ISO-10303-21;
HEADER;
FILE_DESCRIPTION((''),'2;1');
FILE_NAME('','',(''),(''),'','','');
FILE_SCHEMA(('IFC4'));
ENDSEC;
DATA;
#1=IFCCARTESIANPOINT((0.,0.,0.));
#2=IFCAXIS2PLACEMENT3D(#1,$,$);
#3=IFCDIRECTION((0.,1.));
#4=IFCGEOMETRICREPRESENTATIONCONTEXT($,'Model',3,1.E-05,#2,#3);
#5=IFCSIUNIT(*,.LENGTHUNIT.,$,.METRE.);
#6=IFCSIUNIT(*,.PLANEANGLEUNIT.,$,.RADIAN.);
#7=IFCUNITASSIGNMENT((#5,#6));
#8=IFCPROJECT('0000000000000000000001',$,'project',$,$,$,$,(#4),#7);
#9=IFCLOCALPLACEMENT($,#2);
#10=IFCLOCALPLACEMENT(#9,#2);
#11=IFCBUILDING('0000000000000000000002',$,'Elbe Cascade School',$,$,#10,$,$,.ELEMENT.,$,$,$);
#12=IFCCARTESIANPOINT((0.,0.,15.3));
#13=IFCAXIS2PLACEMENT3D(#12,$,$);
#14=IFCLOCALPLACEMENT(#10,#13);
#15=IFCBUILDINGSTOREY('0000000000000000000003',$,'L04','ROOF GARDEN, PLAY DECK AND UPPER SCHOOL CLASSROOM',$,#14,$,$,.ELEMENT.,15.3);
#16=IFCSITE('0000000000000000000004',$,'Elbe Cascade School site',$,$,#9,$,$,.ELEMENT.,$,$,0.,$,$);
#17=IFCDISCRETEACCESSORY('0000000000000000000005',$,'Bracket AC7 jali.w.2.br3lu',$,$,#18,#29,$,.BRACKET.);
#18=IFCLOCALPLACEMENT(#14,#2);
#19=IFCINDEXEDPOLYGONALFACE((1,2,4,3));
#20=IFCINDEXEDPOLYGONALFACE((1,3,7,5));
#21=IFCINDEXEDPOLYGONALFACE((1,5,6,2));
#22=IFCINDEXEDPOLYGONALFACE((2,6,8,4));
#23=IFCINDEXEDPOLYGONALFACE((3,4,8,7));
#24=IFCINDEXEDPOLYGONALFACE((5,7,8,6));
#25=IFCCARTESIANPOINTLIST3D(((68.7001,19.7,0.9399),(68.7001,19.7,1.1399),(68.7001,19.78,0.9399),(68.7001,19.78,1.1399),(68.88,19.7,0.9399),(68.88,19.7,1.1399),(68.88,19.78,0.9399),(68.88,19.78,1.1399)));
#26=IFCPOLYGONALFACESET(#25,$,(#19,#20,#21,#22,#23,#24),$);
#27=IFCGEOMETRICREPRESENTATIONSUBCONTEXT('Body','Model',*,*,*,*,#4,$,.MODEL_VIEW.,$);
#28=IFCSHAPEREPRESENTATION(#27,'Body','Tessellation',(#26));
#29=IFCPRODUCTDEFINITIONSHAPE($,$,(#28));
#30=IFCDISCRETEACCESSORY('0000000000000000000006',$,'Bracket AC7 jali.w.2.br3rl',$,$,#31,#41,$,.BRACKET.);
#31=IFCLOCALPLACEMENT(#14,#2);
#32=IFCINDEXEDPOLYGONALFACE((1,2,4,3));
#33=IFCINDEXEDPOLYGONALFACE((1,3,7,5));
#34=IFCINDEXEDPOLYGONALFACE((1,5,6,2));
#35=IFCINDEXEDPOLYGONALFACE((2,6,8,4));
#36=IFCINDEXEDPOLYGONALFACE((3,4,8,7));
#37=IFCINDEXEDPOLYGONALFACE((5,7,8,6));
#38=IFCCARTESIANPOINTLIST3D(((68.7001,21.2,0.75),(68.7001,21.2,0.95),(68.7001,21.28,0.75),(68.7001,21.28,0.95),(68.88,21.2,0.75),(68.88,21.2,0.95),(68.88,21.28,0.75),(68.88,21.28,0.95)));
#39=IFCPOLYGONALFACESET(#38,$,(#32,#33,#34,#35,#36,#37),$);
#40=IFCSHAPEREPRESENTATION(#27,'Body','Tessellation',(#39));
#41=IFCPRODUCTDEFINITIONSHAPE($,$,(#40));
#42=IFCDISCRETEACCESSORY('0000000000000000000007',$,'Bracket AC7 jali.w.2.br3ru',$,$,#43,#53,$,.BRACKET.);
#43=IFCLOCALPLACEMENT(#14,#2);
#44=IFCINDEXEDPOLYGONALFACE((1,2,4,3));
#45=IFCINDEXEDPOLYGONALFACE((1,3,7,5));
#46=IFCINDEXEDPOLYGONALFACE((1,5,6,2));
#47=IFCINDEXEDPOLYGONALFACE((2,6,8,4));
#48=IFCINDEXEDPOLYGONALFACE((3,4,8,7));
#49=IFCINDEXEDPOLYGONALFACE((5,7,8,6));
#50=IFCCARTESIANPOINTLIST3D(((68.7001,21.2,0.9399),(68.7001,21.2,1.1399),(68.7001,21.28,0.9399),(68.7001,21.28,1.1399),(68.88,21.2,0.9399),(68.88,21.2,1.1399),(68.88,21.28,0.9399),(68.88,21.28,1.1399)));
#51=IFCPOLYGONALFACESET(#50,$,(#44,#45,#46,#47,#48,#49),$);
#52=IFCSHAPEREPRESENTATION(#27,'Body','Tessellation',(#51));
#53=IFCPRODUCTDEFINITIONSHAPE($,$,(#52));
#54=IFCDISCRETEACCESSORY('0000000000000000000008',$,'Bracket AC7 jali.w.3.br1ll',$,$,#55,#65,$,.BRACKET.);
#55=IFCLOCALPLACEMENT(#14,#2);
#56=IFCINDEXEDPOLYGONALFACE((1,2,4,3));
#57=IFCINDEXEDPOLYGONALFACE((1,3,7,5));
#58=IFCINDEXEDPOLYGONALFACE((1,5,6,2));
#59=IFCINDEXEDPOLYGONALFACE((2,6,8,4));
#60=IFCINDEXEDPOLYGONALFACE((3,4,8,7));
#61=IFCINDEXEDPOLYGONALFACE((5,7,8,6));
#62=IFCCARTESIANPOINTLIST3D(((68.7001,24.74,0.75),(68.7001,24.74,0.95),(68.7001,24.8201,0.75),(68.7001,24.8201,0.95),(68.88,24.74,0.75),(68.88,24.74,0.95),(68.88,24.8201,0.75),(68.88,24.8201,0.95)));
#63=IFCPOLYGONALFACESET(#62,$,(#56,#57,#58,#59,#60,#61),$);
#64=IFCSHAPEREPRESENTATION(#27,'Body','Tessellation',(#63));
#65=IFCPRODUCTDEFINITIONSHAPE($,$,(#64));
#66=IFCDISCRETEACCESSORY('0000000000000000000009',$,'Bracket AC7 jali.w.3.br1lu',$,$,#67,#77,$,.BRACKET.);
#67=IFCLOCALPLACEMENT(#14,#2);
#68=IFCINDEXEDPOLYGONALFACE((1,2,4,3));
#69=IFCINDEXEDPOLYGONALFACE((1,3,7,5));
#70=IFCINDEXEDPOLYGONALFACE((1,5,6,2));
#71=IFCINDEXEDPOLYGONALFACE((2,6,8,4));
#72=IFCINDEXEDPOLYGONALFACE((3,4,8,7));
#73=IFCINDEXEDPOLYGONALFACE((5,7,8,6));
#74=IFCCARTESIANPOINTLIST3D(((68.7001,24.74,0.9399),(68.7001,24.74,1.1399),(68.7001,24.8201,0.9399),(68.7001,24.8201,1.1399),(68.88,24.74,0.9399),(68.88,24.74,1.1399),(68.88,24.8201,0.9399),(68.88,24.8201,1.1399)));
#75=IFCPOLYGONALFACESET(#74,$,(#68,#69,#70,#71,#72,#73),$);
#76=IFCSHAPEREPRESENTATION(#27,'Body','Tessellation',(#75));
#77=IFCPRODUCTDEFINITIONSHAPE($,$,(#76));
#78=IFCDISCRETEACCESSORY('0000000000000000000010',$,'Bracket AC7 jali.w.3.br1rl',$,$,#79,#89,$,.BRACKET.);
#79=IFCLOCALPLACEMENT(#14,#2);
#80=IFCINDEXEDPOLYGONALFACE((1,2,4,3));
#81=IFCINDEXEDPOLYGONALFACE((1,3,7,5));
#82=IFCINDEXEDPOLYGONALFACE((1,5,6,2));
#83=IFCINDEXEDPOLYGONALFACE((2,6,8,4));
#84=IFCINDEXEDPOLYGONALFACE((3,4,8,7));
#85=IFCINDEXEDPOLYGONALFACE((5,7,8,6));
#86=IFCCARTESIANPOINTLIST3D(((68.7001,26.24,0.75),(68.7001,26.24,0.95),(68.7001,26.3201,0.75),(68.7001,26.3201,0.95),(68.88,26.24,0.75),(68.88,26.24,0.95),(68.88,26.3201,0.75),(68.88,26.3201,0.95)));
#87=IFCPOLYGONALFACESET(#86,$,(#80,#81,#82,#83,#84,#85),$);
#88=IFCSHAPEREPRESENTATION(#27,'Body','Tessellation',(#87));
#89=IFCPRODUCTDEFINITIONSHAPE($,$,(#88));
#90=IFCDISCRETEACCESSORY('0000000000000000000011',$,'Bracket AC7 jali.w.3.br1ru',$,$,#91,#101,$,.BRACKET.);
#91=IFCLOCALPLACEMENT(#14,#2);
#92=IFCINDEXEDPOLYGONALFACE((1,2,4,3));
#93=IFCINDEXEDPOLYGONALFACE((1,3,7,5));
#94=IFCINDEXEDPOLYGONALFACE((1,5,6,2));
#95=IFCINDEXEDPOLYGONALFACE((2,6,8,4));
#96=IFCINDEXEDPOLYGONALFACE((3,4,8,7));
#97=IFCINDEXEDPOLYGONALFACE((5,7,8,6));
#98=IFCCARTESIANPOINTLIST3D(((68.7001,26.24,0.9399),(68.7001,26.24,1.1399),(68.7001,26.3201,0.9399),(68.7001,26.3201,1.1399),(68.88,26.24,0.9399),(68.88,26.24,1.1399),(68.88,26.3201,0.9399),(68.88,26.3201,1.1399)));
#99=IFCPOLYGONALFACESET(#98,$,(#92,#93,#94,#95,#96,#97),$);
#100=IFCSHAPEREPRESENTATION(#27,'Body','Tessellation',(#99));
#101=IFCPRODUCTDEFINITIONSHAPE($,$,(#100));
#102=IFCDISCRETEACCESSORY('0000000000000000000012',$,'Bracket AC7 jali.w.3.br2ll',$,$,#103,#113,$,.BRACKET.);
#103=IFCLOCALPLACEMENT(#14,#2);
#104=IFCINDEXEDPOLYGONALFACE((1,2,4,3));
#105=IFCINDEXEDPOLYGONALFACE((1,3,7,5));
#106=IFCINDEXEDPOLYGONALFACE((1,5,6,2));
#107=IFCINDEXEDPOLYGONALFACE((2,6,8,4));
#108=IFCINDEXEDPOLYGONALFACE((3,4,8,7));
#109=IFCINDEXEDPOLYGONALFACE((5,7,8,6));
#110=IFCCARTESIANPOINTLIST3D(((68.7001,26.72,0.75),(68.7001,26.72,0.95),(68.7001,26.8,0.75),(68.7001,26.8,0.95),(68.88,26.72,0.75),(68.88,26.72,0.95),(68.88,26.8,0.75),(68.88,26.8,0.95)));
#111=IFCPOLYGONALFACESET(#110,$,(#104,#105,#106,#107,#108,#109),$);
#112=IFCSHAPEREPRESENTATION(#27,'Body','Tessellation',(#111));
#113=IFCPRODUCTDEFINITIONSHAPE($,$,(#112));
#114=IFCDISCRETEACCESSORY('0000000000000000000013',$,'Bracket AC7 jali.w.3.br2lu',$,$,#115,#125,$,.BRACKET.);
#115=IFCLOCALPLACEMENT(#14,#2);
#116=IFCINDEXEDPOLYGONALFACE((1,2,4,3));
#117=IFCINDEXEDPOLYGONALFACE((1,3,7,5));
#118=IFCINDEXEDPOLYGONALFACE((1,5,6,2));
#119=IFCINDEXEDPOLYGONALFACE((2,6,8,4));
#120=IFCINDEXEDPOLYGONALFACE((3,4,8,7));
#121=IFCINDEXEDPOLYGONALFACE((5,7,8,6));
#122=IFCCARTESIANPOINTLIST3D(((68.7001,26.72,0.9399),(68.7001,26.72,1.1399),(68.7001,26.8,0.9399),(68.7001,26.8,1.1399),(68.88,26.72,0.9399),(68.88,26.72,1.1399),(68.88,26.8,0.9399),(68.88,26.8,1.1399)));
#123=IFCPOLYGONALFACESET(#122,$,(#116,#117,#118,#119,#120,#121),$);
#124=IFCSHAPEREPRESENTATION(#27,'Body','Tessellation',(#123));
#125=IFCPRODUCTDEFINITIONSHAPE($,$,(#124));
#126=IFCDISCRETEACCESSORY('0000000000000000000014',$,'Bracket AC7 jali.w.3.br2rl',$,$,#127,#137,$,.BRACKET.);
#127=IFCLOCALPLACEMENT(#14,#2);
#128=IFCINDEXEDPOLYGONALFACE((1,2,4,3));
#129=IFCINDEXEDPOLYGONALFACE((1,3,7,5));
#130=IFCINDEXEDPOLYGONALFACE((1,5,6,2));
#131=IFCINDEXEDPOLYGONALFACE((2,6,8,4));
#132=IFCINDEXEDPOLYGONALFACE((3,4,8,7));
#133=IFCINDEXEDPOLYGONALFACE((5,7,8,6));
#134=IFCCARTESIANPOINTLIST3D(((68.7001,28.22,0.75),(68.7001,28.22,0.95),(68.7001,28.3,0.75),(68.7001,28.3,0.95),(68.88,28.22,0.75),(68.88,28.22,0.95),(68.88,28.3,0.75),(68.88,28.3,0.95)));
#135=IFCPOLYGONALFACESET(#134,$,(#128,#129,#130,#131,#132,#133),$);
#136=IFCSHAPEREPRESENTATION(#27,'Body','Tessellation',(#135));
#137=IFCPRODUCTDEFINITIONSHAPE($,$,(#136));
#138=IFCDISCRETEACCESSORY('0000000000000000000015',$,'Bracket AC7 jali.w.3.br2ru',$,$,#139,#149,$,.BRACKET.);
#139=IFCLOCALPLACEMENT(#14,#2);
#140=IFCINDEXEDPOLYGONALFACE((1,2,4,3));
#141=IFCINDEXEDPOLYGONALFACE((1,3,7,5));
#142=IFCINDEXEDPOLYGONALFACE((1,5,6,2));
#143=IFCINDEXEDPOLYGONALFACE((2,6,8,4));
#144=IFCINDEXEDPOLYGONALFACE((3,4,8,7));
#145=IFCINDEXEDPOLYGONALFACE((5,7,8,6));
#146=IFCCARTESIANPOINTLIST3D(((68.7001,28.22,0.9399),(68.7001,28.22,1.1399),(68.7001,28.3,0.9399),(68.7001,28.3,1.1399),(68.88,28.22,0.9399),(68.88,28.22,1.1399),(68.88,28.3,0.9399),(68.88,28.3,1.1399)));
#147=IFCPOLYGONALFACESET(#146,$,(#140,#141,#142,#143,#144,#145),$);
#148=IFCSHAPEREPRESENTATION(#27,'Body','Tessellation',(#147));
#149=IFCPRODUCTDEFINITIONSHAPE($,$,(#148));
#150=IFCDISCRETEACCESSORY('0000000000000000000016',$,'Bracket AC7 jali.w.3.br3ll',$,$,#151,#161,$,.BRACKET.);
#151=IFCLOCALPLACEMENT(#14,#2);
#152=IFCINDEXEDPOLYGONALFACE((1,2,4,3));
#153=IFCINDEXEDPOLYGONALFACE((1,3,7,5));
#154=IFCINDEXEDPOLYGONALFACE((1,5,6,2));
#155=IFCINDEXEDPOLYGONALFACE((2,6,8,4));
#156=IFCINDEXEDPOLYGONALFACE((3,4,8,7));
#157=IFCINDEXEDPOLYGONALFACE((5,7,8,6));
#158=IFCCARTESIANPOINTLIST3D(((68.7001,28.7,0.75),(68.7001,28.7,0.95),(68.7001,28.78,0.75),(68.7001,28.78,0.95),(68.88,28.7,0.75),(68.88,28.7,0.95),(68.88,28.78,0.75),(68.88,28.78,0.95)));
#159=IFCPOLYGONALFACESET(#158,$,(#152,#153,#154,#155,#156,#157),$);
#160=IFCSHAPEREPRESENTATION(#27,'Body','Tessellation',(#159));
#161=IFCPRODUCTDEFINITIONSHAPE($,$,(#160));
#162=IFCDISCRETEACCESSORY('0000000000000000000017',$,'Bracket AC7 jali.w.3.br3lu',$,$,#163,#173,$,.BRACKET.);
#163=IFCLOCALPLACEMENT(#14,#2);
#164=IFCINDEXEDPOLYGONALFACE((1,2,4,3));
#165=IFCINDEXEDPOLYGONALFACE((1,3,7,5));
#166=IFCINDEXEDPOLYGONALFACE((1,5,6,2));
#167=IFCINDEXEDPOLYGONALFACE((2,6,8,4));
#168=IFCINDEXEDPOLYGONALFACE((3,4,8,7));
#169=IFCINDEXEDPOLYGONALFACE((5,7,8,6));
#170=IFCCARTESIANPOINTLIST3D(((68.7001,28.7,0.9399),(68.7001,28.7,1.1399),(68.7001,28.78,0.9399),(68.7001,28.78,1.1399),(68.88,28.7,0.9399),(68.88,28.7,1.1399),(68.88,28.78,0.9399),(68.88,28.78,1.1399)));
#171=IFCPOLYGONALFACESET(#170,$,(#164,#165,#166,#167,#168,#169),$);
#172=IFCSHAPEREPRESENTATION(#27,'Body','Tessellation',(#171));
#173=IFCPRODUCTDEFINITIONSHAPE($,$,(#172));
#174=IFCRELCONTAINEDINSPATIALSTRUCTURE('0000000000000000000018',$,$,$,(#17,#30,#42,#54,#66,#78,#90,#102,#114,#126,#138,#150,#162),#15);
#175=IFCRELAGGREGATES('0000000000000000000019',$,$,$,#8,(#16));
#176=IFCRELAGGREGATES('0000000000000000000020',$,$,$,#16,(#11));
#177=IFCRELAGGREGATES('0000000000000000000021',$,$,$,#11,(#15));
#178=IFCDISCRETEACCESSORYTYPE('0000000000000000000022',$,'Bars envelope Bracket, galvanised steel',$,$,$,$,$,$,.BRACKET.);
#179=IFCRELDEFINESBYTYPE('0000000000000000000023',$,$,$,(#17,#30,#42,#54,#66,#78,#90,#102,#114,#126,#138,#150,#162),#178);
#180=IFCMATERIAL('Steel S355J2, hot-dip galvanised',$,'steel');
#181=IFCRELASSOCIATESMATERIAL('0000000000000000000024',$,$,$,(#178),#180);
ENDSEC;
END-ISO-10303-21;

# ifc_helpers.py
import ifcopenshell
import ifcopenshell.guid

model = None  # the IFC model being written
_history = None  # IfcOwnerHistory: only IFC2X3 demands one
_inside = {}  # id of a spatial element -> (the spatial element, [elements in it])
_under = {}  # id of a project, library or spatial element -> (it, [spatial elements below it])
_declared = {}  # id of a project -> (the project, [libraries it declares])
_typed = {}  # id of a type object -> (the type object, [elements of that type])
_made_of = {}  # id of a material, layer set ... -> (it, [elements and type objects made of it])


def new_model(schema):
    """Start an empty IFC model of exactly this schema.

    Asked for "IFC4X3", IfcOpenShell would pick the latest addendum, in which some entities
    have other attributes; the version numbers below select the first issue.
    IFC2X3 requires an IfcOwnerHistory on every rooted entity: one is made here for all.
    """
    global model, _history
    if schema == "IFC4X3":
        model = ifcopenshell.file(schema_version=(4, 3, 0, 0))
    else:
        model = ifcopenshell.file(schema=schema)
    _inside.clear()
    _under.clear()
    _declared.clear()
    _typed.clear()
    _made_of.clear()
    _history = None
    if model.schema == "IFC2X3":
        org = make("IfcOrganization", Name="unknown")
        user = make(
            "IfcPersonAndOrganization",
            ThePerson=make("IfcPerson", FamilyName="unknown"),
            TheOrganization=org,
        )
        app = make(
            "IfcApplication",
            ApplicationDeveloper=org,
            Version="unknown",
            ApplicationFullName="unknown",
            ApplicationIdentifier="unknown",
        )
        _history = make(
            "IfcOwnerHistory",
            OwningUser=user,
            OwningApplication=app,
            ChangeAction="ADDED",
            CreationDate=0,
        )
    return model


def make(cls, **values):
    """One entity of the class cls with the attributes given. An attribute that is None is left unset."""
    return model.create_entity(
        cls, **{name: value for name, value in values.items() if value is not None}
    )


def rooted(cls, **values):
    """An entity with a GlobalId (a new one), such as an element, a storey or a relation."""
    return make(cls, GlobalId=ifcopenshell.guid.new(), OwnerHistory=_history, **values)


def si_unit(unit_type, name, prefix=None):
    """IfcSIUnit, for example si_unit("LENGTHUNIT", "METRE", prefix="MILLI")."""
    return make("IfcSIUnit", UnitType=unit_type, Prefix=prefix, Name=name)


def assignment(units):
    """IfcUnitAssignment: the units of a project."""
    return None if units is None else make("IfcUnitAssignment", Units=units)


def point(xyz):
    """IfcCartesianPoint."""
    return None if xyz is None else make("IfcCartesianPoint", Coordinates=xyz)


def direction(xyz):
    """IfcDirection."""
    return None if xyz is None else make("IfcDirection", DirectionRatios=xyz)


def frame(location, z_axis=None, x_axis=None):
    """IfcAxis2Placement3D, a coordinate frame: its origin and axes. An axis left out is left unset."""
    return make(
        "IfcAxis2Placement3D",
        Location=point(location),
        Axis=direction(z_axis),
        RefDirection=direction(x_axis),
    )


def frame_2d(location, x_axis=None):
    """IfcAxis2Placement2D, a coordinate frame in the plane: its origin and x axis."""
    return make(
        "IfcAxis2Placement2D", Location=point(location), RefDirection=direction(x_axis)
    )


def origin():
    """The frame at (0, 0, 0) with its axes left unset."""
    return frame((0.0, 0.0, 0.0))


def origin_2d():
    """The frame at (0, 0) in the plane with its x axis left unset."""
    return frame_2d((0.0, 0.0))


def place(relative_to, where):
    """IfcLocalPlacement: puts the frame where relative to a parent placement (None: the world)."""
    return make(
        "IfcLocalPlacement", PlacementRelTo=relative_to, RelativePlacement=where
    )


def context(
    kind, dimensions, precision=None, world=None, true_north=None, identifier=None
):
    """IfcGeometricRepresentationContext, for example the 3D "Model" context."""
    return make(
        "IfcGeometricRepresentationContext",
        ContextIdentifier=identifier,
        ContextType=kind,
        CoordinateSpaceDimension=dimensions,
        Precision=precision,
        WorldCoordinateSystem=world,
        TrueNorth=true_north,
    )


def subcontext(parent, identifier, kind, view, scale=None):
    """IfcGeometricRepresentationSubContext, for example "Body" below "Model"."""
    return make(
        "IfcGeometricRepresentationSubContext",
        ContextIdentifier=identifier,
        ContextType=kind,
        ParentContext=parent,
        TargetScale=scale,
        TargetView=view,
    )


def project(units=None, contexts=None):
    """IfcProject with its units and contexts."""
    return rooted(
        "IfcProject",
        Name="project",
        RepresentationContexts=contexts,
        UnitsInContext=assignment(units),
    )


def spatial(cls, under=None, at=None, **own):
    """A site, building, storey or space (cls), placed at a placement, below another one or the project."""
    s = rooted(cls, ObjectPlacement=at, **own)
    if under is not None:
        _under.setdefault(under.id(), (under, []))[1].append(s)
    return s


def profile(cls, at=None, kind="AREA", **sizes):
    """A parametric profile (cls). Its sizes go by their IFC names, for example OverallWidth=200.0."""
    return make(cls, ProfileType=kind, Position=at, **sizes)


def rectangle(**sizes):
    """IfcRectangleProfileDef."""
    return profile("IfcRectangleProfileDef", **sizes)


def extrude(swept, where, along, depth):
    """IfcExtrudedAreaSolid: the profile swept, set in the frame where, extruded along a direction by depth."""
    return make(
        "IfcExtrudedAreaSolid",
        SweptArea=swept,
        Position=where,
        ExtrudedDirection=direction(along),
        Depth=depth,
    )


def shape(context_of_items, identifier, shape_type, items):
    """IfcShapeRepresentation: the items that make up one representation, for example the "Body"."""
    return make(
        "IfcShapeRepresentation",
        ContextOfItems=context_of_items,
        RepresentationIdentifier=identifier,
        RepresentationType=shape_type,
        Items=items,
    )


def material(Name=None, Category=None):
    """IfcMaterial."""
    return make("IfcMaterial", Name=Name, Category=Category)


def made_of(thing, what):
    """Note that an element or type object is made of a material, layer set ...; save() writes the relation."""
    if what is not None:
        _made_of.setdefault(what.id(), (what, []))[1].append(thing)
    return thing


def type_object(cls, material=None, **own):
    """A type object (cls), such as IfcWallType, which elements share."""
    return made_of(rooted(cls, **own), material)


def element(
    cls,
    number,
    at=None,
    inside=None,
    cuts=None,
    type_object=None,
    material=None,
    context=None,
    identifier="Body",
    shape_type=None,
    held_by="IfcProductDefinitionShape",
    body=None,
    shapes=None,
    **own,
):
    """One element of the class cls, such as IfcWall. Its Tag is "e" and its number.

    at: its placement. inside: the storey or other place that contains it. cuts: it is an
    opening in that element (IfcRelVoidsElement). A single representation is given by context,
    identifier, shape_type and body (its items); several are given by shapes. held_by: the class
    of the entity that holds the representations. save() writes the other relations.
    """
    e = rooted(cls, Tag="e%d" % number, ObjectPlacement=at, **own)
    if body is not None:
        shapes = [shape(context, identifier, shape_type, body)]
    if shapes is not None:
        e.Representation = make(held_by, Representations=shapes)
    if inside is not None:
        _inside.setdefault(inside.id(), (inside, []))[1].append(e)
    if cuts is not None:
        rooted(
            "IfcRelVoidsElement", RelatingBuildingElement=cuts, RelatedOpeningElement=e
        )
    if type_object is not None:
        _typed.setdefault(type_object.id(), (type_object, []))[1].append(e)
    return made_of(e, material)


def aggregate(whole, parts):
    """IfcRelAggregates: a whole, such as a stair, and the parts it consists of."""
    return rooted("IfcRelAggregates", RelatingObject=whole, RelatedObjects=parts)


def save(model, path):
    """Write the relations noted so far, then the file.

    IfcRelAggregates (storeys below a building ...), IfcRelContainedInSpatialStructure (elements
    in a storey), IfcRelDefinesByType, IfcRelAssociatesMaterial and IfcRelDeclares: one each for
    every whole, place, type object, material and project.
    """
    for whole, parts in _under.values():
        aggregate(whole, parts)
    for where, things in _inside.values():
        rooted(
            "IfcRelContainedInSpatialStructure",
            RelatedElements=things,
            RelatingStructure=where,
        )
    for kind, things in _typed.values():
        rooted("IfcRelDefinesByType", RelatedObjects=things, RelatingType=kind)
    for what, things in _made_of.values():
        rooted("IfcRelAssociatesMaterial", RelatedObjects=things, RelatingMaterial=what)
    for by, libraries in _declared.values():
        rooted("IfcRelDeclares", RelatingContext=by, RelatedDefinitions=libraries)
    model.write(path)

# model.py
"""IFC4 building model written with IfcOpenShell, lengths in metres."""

from ifc_helpers import new_model, si_unit, direction, frame, origin, origin_2d, place, context, subcontext, project, spatial, rectangle, extrude, material, type_object, element, save


model = new_model("IFC4")

# Units and contexts
model_context = context("Model", 3, precision=1e-05, world=origin(), true_north=direction((0.0, 1.0)))
body_context = subcontext(model_context, "Body", "Model", "MODEL_VIEW")
ifc_project = project(units=[si_unit("LENGTHUNIT", "METRE"), si_unit("PLANEANGLEUNIT", "RADIAN")], contexts=[model_context])

# Site, building, storey
site_placement = place(None, origin())
site = spatial("IfcSite", under=ifc_project, at=site_placement, Name="Elbe Cascade School site", CompositionType="ELEMENT", RefElevation=0.0)
building_placement = place(site_placement, origin())
building = spatial("IfcBuilding", under=site, at=building_placement, Name="Elbe Cascade School", CompositionType="ELEMENT")
storey_placement = place(building_placement, frame((0.0, 0.0, 15.3)))
storey = spatial("IfcBuildingStorey", under=building, at=storey_placement, Name="L04", Description="ROOF GARDEN, PLAY DECK AND UPPER SCHOOL CLASSROOM", CompositionType="ELEMENT", Elevation=15.3)

# Discrete accessories
ifc_material_1 = material(Name="Steel S355J2, hot-dip galvanised", Category="steel")
discrete_accessory_type = type_object("IfcDiscreteAccessoryType", Name="Bars envelope Bracket, galvanised steel", PredefinedType="BRACKET", material=ifc_material_1)
for number, where, z_axis, x_axis, name in (
    (1, (68.79, 19.74, 0.9399), (0.0, 0.0, 1.0), (0.0, 1.0, 0.0), "Bracket AC7 jali.w.2.br3lu"),
    (2, (68.79, 21.24, 0.75), (0.0, 0.0, 1.0), (0.0, 1.0, 0.0), "Bracket AC7 jali.w.2.br3rl"),
    (3, (68.79, 21.24, 0.9399), (0.0, 0.0, 1.0), (0.0, 1.0, 0.0), "Bracket AC7 jali.w.2.br3ru"),
    (4, (68.79, 24.78, 0.75), (0.0, 0.0, 1.0), (0.0, 1.0, 0.0), "Bracket AC7 jali.w.3.br1ll"),
    (5, (68.79, 24.78, 0.9399), (0.0, 0.0, 1.0), (0.0, 1.0, 0.0), "Bracket AC7 jali.w.3.br1lu"),
    (6, (68.79, 26.28, 0.75), (0.0, 0.0, 1.0), (0.0, 1.0, 0.0), "Bracket AC7 jali.w.3.br1rl"),
    (7, (68.79, 26.28, 0.9399), (0.0, 0.0, 1.0), (0.0, 1.0, 0.0), "Bracket AC7 jali.w.3.br1ru"),
    (8, (68.79, 26.76, 0.75), (0.0, 0.0, 1.0), (0.0, 1.0, 0.0), "Bracket AC7 jali.w.3.br2ll"),
    (9, (68.79, 26.76, 0.9399), (0.0, 0.0, 1.0), (0.0, 1.0, 0.0), "Bracket AC7 jali.w.3.br2lu"),
    (10, (68.79, 28.26, 0.75), (0.0, 0.0, 1.0), (0.0, 1.0, 0.0), "Bracket AC7 jali.w.3.br2rl"),
    (11, (68.79, 28.26, 0.9399), (0.0, 0.0, 1.0), (0.0, 1.0, 0.0), "Bracket AC7 jali.w.3.br2ru"),
    (12, (68.79, 28.74, 0.75), (0.0, 0.0, 1.0), (0.0, 1.0, 0.0), "Bracket AC7 jali.w.3.br3ll"),
    (13, (68.79, 28.74, 0.9399), (0.0, 0.0, 1.0), (0.0, 1.0, 0.0), "Bracket AC7 jali.w.3.br3lu"),
):
    element("IfcDiscreteAccessory", number, at=place(storey_placement, frame(where, z_axis=z_axis, x_axis=x_axis)), inside=storey, type_object=discrete_accessory_type, Name=name, PredefinedType="BRACKET", context=body_context, shape_type="SweptSolid", body=[
        extrude(rectangle(XDim=0.0801, YDim=0.1799, at=origin_2d()), origin(), (0.0, 0.0, 1.0), 0.2),
    ])

save(model, "model.ifc")
